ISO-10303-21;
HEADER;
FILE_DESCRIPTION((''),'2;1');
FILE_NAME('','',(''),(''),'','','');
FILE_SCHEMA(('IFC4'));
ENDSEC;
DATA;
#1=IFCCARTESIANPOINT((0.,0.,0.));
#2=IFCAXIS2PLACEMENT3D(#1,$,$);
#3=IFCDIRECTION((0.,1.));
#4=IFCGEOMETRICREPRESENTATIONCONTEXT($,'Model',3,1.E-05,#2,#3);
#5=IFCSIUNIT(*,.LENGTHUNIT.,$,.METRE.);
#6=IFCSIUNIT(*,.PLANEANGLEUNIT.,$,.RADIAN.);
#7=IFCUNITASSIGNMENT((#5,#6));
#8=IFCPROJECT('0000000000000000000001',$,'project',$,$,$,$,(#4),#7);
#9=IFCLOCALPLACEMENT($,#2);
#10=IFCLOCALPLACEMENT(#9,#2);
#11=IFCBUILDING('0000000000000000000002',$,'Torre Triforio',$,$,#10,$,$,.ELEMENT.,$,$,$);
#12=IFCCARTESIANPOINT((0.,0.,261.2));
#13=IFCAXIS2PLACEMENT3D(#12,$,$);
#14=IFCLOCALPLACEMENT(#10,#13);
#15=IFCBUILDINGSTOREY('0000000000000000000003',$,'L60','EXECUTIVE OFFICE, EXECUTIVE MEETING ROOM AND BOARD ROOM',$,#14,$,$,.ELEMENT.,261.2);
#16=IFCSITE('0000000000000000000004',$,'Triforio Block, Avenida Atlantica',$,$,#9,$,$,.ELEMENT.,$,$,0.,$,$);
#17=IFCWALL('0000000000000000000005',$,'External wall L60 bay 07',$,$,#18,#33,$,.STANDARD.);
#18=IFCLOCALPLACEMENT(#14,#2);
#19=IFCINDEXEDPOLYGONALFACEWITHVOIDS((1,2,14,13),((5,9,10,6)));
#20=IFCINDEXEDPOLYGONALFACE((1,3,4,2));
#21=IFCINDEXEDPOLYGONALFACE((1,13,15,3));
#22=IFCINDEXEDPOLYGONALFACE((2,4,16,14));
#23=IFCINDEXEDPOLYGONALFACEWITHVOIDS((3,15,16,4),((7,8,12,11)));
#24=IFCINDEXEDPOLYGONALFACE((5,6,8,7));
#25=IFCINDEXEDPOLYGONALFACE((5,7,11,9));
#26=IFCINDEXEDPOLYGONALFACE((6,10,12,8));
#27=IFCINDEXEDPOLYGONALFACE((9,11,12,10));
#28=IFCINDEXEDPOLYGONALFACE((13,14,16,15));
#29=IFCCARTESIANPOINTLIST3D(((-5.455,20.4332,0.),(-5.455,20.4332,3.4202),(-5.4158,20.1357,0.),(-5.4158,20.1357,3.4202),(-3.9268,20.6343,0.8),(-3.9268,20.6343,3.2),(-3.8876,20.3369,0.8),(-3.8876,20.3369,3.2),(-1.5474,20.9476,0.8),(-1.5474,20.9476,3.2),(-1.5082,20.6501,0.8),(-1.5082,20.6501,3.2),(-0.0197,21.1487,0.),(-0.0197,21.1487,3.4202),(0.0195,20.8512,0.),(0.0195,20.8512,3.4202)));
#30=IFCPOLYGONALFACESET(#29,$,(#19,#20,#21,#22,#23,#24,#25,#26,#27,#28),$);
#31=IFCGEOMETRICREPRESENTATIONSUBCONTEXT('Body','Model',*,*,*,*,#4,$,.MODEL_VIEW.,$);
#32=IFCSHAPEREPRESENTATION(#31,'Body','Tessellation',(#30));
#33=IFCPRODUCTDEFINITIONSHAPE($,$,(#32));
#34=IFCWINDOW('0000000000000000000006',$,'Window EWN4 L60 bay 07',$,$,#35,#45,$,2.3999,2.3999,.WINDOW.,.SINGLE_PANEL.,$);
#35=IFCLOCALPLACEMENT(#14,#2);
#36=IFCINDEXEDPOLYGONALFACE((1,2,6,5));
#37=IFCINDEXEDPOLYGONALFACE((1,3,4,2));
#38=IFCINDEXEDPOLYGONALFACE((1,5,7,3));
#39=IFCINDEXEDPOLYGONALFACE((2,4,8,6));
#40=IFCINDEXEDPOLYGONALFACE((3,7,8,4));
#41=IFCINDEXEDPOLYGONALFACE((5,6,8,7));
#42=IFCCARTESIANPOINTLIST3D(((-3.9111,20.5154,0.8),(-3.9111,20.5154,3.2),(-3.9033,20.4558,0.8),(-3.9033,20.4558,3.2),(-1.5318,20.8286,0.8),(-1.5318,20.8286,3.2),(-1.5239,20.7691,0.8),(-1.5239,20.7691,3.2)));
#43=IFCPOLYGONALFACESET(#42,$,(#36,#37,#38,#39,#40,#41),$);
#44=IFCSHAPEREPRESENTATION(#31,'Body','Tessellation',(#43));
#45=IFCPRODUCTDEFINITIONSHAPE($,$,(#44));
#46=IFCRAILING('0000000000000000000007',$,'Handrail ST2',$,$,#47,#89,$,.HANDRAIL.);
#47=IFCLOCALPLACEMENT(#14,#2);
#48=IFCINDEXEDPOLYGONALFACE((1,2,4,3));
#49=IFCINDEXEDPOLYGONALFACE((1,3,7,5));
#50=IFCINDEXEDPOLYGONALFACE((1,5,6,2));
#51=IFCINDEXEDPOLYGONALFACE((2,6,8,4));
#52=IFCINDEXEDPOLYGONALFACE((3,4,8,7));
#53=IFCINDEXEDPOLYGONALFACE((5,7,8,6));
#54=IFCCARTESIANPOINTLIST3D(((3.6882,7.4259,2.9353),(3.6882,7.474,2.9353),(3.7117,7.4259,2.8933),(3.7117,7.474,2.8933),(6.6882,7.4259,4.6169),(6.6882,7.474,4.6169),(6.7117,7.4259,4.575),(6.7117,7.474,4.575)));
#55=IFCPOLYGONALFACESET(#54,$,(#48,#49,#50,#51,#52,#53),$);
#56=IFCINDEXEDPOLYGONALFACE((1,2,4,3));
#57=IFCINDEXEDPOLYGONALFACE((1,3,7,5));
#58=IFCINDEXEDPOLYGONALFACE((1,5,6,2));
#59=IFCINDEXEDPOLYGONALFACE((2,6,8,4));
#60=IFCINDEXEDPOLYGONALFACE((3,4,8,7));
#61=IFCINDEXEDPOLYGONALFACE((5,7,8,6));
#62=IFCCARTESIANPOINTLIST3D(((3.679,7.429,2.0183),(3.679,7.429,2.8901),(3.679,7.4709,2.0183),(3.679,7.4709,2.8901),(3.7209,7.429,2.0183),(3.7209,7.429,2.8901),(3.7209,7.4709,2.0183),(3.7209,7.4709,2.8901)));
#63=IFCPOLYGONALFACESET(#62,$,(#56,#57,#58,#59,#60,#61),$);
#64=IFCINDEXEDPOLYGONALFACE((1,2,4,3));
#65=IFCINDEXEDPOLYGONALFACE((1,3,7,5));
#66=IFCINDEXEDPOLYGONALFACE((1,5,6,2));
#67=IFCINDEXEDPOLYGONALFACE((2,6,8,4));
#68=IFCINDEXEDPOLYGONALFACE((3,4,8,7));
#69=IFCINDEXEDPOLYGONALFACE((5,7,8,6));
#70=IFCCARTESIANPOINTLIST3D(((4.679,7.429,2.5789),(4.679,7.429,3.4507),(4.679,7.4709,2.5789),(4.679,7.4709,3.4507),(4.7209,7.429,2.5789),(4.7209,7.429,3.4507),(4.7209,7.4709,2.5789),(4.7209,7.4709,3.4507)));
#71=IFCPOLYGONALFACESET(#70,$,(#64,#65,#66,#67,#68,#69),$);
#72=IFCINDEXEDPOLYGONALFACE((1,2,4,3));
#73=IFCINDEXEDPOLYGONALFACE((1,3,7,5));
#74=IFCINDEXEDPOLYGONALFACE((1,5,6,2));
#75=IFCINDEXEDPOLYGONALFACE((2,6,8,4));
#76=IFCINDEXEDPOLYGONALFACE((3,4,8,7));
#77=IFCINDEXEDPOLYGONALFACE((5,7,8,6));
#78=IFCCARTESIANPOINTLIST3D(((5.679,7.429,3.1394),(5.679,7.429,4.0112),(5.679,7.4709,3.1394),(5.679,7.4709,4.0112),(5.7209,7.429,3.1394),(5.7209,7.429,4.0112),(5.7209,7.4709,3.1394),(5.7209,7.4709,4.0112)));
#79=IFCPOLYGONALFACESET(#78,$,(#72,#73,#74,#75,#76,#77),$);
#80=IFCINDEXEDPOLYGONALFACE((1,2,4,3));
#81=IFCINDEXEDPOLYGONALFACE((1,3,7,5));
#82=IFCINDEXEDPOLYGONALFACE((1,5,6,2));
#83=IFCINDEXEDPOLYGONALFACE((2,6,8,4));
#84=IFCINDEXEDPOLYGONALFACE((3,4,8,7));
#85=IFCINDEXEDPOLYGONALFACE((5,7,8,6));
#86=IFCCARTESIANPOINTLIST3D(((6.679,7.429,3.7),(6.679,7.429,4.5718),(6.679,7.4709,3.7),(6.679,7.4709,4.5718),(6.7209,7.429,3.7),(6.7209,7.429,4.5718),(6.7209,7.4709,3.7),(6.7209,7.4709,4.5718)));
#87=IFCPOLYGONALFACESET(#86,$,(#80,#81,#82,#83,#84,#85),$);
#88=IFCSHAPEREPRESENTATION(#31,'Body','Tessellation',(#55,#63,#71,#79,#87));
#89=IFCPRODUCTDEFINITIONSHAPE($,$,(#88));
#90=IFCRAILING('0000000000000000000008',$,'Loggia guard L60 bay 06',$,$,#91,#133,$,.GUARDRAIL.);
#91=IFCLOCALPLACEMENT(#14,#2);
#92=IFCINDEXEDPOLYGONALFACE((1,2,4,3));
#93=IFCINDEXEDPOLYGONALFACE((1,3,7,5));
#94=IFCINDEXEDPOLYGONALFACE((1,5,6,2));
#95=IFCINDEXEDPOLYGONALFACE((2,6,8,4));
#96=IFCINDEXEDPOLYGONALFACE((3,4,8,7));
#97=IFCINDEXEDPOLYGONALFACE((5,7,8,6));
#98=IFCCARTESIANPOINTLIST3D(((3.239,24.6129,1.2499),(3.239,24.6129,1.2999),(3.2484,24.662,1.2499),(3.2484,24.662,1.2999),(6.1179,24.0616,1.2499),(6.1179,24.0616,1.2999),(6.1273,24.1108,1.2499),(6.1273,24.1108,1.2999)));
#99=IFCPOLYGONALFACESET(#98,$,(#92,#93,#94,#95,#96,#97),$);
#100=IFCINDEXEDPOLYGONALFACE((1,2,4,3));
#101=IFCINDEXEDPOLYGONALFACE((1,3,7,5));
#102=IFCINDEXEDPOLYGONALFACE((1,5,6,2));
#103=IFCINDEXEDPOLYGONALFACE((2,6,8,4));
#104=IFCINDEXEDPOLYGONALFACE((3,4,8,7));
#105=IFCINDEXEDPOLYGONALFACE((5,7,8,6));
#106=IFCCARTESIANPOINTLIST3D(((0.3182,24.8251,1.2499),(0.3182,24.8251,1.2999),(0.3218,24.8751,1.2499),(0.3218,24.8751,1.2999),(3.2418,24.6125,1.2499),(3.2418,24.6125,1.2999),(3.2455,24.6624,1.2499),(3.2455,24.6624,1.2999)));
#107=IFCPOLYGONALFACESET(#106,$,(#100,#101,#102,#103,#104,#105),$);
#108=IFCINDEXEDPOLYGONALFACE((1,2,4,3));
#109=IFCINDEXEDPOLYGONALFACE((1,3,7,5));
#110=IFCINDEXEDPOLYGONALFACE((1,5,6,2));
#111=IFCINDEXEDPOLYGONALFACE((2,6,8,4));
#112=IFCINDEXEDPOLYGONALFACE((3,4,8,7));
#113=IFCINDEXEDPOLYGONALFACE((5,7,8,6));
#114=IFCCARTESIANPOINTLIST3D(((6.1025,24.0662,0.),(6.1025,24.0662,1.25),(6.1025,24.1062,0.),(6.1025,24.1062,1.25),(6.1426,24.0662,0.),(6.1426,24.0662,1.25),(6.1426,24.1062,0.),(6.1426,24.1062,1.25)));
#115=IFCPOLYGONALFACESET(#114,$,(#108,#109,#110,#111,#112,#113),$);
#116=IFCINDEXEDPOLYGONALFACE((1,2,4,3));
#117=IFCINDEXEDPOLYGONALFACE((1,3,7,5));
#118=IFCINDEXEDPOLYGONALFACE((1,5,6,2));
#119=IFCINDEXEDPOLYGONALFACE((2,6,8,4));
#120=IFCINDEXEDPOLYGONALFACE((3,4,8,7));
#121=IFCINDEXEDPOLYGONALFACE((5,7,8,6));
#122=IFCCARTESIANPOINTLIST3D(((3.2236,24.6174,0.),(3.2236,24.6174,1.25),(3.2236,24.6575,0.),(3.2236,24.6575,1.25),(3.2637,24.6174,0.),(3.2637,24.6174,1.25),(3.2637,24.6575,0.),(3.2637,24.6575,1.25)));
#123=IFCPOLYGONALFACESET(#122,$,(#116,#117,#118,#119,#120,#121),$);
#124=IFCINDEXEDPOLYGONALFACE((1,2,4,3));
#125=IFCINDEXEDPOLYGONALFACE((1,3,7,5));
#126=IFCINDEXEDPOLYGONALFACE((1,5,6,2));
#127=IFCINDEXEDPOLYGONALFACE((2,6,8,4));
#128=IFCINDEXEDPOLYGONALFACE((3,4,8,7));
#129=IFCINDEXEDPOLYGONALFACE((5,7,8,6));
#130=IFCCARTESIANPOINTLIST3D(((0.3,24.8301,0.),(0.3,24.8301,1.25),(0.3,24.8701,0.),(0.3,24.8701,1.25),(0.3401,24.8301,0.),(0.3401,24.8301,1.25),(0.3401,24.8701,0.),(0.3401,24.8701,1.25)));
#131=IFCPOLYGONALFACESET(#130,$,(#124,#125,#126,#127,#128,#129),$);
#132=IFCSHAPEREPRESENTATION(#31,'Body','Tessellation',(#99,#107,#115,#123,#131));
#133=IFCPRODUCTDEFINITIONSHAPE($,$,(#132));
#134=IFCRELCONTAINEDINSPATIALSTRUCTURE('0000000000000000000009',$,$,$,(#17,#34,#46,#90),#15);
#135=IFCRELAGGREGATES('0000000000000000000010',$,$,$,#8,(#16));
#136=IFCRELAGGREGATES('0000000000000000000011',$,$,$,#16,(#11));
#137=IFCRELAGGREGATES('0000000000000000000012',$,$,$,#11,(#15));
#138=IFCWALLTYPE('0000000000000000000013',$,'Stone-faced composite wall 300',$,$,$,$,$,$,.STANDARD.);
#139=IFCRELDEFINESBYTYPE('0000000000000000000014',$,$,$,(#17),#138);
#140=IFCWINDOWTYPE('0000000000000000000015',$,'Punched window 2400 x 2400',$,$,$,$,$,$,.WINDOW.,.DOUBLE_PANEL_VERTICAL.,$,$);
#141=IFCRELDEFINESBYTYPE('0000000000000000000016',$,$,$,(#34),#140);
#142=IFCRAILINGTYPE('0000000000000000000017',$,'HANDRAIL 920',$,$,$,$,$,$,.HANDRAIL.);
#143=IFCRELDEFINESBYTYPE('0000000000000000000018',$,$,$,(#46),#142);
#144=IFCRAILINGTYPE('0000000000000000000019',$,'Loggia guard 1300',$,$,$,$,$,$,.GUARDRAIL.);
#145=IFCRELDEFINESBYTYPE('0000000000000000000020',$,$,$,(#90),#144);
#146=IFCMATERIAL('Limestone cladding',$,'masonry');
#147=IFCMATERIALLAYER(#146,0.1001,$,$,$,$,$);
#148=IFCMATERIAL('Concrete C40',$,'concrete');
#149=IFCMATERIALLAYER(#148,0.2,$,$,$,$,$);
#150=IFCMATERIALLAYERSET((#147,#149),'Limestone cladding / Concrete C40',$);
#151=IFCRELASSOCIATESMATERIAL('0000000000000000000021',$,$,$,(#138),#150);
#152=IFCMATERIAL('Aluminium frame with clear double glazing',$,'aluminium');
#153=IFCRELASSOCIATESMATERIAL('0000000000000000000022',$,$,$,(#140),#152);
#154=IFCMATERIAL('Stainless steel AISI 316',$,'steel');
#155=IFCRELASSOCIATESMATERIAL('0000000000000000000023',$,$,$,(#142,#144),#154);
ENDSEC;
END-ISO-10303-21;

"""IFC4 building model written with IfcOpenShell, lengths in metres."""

from ifc_helpers import new_model, si_unit, direction, frame, frame_2d, origin, origin_2d, place, context, subcontext, project, spatial, rectangle, extrude, material, layer, layer_set, type_object, element, fill, save


model = new_model("IFC4")

# Units and contexts
model_context = context("Model", 3, precision=1e-05, world=origin(), true_north=direction((0.0, 1.0)))
body_context = subcontext(model_context, "Body", "Model", "MODEL_VIEW")
ifc_project = project(units=[si_unit("LENGTHUNIT", "METRE"), si_unit("PLANEANGLEUNIT", "RADIAN")], contexts=[model_context])

# Site, building, storey
site_placement = place(None, origin())
site = spatial("IfcSite", under=ifc_project, at=site_placement, Name="Triforio Block, Avenida Atlantica", CompositionType="ELEMENT", RefElevation=0.0)
building_placement = place(site_placement, origin())
building = spatial("IfcBuilding", under=site, at=building_placement, Name="Torre Triforio", CompositionType="ELEMENT")
storey_placement = place(building_placement, frame((0.0, 0.0, 261.2)))
storey = spatial("IfcBuildingStorey", under=building, at=storey_placement, Name="L60", Description="EXECUTIVE OFFICE, EXECUTIVE MEETING ROOM AND BOARD ROOM", CompositionType="ELEMENT", Elevation=261.2)

# Shared definitions
ifc_material_1 = material(Name="Concrete C40", Category="concrete")

# Shared definitions
ifc_material_2 = material(Name="Limestone cladding", Category="masonry")
ifc_layer_1 = layer(ifc_material_2, 0.1001)
ifc_layer_2 = layer(ifc_material_1, 0.2)
ifc_layer_set_1 = layer_set([ifc_layer_1, ifc_layer_2], Name="Limestone cladding / Concrete C40")
wall_type_1 = type_object("IfcWallType", Name="Stone-faced composite wall 300", PredefinedType="STANDARD", material=ifc_layer_set_1)
ifc_material_3 = material(Name="Aluminium frame with clear double glazing", Category="aluminium")

# Wall, opening, window
wall_1_placement = place(storey_placement, frame((0.0, 21.0, 0.0), z_axis=(0.0, 0.0, 1.0), x_axis=(-0.991445, -0.130527, 0.0)))
wall_1 = element("IfcWall", 1, at=wall_1_placement, inside=storey, type_object=wall_type_1, Name="External wall L60 bay 07", PredefinedType="STANDARD", context=body_context, shape_type="SweptSolid", body=[
    extrude(rectangle(XDim=5.4822, YDim=0.3, at=frame_2d((2.7412, 0.0))), origin(), (0.0, 0.0, 1.0), 3.4202),
])
opening_1_placement = place(wall_1_placement, frame((1.541, 0.0, 0.8)))
opening_1 = element("IfcOpeningElement", 2, at=opening_1_placement, cuts=wall_1, PredefinedType="OPENING", context=body_context, shape_type="SweptSolid", body=[
    extrude(rectangle(XDim=2.3999, YDim=2.3999, at=frame_2d((1.2, 1.2))), frame((0.0, 0.1599, 0.0), z_axis=(0.0, -1.0, 0.0), x_axis=(1.0, 0.0, 0.0)), (0.0, 0.0, 1.0), 0.3201),
])
window_type_1 = type_object("IfcWindowType", Name="Punched window 2400 x 2400", PartitioningType="DOUBLE_PANEL_VERTICAL", PredefinedType="WINDOW", material=ifc_material_3)
window_1_placement = place(opening_1_placement, origin())
window_1 = element("IfcWindow", 3, at=window_1_placement, inside=storey, type_object=window_type_1, Name="Window EWN4 L60 bay 07", OverallHeight=2.3999, OverallWidth=2.3999, PartitioningType="SINGLE_PANEL", PredefinedType="WINDOW", context=body_context, shape_type="SweptSolid", body=[
    extrude(rectangle(XDim=2.3999, YDim=2.3999, at=frame_2d((1.2, 1.2))), frame((0.0, 0.03, 0.0), z_axis=(0.0, -1.0, 0.0), x_axis=(1.0, 0.0, 0.0)), (0.0, 0.0, 1.0), 0.0601),
])
fill(opening_1, window_1)

# Railings
ifc_material_4 = material(Name="Stainless steel AISI 316", Category="steel")
railing_type_1 = type_object("IfcRailingType", Name="HANDRAIL 920", PredefinedType="HANDRAIL", material=ifc_material_4)
railing_1_placement = place(storey_placement, frame((3.7, 7.45, 2.0183)))
element("IfcRailing", 4, at=railing_1_placement, inside=storey, type_object=railing_type_1, Name="Handrail ST2", PredefinedType="HANDRAIL", context=body_context, shape_type="SweptSolid", body=[
    extrude(rectangle(XDim=0.0481, YDim=0.0481, at=origin_2d()), frame((0.0, 0.0, 0.896), z_axis=(0.872303, 0.0, 0.488966), x_axis=(0.0, 1.0, 0.0)), (0.0, 0.0, 1.0), 3.4392),
    extrude(rectangle(XDim=0.042, YDim=0.042, at=origin_2d()), origin(), (0.0, 0.0, 1.0), 0.8718),
    extrude(rectangle(XDim=0.042, YDim=0.042, at=origin_2d()), frame((1.0, 0.0, 0.5605)), (0.0, 0.0, 1.0), 0.8718),
    extrude(rectangle(XDim=0.042, YDim=0.042, at=origin_2d()), frame((2.0, 0.0, 1.1211)), (0.0, 0.0, 1.0), 0.8718),
    extrude(rectangle(XDim=0.042, YDim=0.042, at=origin_2d()), frame((3.0, 0.0, 1.6816)), (0.0, 0.0, 1.0), 0.8718),
])
railing_type_2 = type_object("IfcRailingType", Name="Loggia guard 1300", PredefinedType="GUARDRAIL", material=ifc_material_4)
railing_2_placement = place(storey_placement, frame((6.1226, 24.0862, 0.0)))
element("IfcRailing", 5, at=railing_2_placement, inside=storey, type_object=railing_type_2, Name="Loggia guard L60 bay 06", PredefinedType="GUARDRAIL", context=body_context, shape_type="SweptSolid", body=[
    extrude(rectangle(XDim=0.05, YDim=0.05, at=origin_2d()), frame((0.0, 0.0, 1.2749), z_axis=(-0.982156, 0.188069, 0.0), x_axis=(-0.188069, -0.982156, 0.0)), (0.0, 0.0, 1.0), 2.9312),
    extrude(rectangle(XDim=0.05, YDim=0.05, at=origin_2d()), frame((-2.8789, 0.5513, 1.2749), z_axis=(-0.997365, 0.072543, 0.0), x_axis=(-0.072543, -0.997365, 0.0)), (0.0, 0.0, 1.0), 2.9314),
    extrude(rectangle(XDim=0.04, YDim=0.04, at=origin_2d()), origin(), (0.0, 0.0, 1.0), 1.25),
    extrude(rectangle(XDim=0.04, YDim=0.04, at=origin_2d()), frame((-2.8789, 0.5513, 0.0)), (0.0, 0.0, 1.0), 1.25),
    extrude(rectangle(XDim=0.04, YDim=0.04, at=origin_2d()), frame((-5.8025, 0.7639, 0.0)), (0.0, 0.0, 1.0), 1.25),
])

save(model, "model.ifc")
